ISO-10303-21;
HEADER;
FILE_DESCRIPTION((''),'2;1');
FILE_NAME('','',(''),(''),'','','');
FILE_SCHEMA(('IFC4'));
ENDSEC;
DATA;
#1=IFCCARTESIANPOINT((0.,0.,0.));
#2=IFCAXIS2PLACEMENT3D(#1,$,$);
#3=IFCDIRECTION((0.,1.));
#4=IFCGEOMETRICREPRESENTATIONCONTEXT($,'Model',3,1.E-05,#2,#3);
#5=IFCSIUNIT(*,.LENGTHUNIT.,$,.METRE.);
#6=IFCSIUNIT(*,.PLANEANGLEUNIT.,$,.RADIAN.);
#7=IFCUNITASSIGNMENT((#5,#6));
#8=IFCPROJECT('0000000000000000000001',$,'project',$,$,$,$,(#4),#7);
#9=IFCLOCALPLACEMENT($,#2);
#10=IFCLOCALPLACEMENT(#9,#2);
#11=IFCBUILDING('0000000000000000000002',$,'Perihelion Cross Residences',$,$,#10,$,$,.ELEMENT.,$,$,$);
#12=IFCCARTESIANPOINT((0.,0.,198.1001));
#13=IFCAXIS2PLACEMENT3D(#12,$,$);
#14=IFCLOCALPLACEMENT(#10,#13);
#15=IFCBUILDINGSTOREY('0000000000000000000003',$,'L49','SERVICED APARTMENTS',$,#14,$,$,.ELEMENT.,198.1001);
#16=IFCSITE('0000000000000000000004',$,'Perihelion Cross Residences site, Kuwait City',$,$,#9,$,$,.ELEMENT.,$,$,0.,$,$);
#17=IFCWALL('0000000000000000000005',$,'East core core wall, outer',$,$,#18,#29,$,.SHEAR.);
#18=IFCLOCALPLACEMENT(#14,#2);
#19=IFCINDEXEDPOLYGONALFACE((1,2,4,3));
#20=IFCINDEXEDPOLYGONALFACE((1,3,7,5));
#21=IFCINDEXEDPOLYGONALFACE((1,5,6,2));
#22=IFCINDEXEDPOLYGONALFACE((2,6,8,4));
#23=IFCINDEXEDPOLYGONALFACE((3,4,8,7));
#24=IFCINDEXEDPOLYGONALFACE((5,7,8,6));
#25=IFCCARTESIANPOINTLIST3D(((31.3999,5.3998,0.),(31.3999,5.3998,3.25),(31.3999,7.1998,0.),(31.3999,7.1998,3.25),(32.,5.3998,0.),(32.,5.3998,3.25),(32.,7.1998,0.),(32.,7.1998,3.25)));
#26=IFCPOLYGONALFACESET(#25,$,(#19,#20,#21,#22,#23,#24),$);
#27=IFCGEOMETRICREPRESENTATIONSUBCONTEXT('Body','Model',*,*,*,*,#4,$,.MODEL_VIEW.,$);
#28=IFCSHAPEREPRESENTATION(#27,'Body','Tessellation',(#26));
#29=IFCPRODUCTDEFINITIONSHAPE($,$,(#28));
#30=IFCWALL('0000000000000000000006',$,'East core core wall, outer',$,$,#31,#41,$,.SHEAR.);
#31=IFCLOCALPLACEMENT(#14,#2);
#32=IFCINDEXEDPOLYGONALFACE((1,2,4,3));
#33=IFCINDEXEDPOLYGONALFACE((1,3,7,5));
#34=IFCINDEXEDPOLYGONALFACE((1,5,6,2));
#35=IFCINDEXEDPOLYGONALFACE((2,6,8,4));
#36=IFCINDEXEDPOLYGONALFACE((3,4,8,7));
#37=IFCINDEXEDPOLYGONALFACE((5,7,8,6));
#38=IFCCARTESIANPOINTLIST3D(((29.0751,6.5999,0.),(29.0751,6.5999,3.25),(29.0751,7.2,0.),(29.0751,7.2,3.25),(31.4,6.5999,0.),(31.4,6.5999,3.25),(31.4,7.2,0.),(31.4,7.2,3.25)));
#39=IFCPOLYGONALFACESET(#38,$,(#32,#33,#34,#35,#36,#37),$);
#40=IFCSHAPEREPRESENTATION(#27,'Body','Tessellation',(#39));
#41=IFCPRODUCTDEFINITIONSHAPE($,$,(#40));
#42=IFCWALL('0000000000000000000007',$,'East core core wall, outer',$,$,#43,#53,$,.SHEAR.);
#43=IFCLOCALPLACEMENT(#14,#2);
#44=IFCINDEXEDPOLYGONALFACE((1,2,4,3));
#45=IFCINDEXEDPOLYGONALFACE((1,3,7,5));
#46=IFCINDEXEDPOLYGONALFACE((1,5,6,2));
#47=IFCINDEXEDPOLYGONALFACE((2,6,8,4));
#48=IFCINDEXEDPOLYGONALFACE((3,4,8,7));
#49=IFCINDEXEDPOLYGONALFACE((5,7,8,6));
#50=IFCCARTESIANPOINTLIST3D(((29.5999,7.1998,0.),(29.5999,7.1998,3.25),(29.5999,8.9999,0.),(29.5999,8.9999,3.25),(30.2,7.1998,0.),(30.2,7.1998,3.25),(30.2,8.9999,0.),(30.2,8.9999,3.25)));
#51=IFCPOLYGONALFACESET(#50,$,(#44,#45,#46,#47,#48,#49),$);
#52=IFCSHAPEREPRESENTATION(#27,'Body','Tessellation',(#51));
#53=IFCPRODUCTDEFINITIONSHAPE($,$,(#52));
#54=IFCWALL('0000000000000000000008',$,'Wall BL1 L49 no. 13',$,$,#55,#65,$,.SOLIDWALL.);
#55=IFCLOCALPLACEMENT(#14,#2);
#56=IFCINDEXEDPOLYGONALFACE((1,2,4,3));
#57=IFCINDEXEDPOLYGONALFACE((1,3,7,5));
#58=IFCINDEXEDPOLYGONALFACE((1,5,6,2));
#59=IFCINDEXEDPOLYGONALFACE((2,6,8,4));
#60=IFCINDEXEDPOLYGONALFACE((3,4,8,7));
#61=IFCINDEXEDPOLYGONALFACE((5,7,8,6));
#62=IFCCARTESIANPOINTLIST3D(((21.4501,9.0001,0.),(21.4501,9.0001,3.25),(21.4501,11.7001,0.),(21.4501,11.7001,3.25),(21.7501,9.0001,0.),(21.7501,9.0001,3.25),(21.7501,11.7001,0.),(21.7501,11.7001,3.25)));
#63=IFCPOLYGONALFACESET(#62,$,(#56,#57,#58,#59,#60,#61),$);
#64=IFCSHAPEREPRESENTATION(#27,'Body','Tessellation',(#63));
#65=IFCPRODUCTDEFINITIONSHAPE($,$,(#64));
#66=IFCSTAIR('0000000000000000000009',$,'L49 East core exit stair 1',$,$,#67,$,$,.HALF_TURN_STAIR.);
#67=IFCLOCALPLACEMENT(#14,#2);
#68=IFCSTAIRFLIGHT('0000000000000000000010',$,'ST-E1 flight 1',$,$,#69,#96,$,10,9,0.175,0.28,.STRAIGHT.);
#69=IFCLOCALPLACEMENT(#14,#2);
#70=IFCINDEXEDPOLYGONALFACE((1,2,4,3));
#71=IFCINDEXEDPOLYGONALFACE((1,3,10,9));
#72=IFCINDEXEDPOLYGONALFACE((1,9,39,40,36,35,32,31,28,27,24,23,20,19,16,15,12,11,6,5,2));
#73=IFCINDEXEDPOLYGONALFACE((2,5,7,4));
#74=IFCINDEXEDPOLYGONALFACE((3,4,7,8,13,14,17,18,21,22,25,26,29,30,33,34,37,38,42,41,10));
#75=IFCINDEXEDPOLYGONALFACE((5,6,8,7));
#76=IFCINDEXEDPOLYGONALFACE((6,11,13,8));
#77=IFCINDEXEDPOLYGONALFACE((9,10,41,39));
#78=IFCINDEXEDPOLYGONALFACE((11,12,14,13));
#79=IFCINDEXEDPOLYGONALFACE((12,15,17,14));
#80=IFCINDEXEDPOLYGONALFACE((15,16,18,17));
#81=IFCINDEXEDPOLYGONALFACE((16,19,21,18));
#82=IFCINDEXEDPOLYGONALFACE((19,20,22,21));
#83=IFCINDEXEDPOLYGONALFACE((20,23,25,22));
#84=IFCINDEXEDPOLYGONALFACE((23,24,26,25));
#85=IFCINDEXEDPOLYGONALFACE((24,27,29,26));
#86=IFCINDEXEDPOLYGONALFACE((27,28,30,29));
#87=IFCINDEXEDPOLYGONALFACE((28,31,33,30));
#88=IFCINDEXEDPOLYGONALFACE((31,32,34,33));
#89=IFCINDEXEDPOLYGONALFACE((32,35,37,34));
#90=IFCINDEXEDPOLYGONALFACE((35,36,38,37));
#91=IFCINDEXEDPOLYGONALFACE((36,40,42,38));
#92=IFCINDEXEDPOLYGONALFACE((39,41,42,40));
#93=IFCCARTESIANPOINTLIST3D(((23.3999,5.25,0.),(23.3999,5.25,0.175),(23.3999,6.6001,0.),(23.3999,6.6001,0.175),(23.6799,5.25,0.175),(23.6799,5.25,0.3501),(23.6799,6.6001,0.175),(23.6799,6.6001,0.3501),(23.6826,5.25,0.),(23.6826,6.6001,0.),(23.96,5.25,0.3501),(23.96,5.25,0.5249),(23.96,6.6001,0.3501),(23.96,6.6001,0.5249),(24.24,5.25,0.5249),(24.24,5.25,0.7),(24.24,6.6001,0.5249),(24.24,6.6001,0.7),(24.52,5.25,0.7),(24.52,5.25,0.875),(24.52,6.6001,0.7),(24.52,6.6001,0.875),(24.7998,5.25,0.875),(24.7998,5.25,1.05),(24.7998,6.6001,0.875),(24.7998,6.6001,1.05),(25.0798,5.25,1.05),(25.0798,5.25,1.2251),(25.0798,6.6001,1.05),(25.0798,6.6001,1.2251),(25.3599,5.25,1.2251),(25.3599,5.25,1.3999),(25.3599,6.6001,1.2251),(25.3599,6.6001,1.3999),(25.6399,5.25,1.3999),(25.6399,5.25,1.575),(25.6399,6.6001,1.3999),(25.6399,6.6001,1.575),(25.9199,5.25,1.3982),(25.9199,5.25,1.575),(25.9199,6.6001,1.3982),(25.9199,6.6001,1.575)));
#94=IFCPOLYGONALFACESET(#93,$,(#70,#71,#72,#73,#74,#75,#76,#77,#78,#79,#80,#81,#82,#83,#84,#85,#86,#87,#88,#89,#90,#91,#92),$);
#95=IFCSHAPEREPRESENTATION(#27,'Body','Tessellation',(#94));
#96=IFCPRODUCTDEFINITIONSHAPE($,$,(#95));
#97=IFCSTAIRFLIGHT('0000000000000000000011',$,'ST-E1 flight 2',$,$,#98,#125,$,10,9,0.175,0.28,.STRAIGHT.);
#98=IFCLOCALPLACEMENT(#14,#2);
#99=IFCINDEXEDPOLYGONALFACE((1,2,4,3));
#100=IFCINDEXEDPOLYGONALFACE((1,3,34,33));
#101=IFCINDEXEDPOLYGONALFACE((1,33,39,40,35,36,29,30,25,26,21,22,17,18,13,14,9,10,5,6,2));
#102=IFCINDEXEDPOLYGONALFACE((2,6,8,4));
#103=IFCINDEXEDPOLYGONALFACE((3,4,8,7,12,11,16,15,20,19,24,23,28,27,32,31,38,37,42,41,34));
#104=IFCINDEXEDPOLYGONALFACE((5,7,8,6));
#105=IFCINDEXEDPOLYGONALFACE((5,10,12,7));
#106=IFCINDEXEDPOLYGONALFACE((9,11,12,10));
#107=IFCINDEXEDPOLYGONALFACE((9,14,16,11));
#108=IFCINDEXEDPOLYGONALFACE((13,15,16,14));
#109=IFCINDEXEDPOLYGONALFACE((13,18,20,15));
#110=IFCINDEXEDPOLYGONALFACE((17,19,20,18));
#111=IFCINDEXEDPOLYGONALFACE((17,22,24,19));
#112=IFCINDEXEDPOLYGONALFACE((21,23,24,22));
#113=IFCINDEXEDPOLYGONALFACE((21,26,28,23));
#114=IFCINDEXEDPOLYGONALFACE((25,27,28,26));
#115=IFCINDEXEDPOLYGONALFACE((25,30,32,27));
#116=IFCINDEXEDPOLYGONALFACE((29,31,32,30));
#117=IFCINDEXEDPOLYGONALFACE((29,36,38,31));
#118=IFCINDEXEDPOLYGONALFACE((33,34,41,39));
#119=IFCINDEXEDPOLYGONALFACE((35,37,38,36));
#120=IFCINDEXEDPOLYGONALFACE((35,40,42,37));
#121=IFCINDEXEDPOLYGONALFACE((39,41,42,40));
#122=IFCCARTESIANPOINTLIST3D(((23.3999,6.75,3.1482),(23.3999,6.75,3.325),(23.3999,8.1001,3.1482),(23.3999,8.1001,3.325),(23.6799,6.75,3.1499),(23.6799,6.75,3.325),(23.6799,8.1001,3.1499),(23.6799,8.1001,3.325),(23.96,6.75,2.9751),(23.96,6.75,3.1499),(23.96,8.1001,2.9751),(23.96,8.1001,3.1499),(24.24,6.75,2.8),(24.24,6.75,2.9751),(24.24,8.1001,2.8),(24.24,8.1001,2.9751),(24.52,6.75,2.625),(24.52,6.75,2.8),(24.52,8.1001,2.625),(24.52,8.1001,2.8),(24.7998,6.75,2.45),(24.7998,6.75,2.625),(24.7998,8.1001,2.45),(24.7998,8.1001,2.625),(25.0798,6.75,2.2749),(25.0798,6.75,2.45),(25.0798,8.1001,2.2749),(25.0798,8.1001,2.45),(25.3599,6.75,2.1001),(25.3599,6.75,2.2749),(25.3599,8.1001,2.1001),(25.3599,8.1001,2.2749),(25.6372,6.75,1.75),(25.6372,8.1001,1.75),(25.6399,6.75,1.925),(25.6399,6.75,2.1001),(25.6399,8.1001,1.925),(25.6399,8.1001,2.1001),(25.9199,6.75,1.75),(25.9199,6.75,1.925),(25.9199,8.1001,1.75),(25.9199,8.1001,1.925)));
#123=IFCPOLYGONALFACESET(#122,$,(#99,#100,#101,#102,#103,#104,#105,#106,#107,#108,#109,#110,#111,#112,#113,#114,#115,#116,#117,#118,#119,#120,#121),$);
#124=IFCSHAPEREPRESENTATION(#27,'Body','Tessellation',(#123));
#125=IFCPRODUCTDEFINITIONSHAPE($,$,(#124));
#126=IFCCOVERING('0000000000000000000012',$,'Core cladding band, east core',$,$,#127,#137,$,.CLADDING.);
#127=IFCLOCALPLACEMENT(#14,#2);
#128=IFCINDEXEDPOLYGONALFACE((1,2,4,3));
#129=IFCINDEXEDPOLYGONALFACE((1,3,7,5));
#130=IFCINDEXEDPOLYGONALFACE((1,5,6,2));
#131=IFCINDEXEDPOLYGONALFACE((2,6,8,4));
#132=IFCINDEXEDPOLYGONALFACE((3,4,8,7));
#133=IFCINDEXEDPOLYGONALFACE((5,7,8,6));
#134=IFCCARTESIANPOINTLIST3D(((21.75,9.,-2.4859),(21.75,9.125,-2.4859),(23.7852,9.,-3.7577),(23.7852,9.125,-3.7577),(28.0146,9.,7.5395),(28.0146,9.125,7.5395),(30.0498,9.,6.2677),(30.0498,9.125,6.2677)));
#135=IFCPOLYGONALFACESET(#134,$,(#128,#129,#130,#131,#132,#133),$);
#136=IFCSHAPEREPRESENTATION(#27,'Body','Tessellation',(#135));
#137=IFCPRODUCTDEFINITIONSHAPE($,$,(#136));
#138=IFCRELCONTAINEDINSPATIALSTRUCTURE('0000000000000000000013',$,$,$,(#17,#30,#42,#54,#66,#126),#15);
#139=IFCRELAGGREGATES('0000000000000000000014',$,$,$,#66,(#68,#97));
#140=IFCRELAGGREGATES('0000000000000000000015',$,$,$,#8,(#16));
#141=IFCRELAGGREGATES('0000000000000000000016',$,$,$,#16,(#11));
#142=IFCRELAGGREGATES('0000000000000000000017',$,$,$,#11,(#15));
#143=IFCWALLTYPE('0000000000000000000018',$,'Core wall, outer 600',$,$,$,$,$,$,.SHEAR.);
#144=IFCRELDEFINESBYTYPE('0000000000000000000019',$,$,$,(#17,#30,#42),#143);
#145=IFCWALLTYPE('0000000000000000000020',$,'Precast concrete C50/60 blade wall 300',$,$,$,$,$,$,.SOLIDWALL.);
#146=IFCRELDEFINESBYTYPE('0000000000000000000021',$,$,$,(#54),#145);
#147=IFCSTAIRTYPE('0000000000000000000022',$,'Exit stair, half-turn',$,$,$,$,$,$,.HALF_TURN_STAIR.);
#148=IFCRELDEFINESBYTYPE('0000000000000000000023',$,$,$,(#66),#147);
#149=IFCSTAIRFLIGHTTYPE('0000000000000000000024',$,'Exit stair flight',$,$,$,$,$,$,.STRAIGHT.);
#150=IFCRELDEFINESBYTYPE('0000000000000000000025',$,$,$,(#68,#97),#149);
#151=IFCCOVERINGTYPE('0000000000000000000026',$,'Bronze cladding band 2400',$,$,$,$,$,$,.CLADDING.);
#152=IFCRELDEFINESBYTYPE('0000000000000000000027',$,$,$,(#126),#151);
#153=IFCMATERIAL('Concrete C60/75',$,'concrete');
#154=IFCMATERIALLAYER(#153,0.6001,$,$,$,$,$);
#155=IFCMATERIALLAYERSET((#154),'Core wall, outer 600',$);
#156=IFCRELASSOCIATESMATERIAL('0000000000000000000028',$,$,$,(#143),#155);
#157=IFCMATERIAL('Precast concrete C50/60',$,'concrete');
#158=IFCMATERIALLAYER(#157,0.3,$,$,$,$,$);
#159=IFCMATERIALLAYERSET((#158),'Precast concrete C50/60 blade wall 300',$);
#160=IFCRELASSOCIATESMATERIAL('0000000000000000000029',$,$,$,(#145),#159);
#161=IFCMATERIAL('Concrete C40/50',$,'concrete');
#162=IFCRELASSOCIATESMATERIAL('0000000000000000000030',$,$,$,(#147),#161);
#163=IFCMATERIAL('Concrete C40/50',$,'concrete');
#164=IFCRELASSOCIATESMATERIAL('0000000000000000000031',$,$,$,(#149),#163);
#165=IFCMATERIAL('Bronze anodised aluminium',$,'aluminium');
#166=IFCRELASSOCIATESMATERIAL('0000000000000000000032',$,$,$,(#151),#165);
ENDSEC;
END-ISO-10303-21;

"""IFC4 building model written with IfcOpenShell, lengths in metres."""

from ifc_helpers import new_model, si_unit, direction, frame, frame_2d, origin, origin_2d, place, context, subcontext, project, spatial, polyline, rectangle, outline, extrude, material, layer, layer_set, material_profile, profile_set, type_object, element, aggregate, save


model = new_model("IFC4")

# Units and contexts
model_context = context("Model", 3, precision=1e-05, world=origin(), true_north=direction((0.0, 1.0)))
body_context = subcontext(model_context, "Body", "Model", "MODEL_VIEW")
ifc_project = project(units=[si_unit("LENGTHUNIT", "METRE"), si_unit("PLANEANGLEUNIT", "RADIAN")], contexts=[model_context])

# Site, building, storey
site_placement = place(None, origin())
site = spatial("IfcSite", under=ifc_project, at=site_placement, Name="Perihelion Cross Residences site, Kuwait City", CompositionType="ELEMENT", RefElevation=0.0)
building_placement = place(site_placement, origin())
building = spatial("IfcBuilding", under=site, at=building_placement, Name="Perihelion Cross Residences", CompositionType="ELEMENT")
storey_placement = place(building_placement, frame((0.0, 0.0, 198.1001)))
storey = spatial("IfcBuildingStorey", under=building, at=storey_placement, Name="L49", Description="SERVICED APARTMENTS", CompositionType="ELEMENT", Elevation=198.1001)

# Walls
ifc_material_1 = material(Name="Concrete C60/75", Category="concrete")
ifc_layer_1 = layer(ifc_material_1, 0.6001)
ifc_layer_set_1 = layer_set([ifc_layer_1], Name="Core wall, outer 600")
wall_type_1 = type_object("IfcWallType", Name="Core wall, outer 600", PredefinedType="SHEAR", material=ifc_layer_set_1)
wall_1_placement = place(storey_placement, frame((31.7, 5.3999, 0.0), z_axis=(0.0, 0.0, 1.0), x_axis=(0.0, 1.0, 0.0)))
element("IfcWall", 1, at=wall_1_placement, inside=storey, type_object=wall_type_1, Name="East core core wall, outer", PredefinedType="SHEAR", context=body_context, shape_type="SweptSolid", body=[
    extrude(rectangle(XDim=1.8, YDim=0.6001, at=frame_2d((0.8999, 0.0))), origin(), (0.0, 0.0, 1.0), 3.25),
])
wall_2_placement = place(storey_placement, frame((29.075, 6.8999, 0.0), z_axis=(0.0, 0.0, 1.0), x_axis=(1.0, 0.0, 0.0)))
element("IfcWall", 2, at=wall_2_placement, inside=storey, type_object=wall_type_1, Name="East core core wall, outer", PredefinedType="SHEAR", context=body_context, shape_type="SweptSolid", body=[
    extrude(rectangle(XDim=2.325, YDim=0.6001, at=frame_2d((1.1626, 0.0))), origin(), (0.0, 0.0, 1.0), 3.25),
])
wall_3_placement = place(storey_placement, frame((29.8999, 7.2, 0.0), z_axis=(0.0, 0.0, 1.0), x_axis=(0.0, 1.0, 0.0)))
element("IfcWall", 3, at=wall_3_placement, inside=storey, type_object=wall_type_1, Name="East core core wall, outer", PredefinedType="SHEAR", context=body_context, shape_type="SweptSolid", body=[
    extrude(rectangle(XDim=1.8, YDim=0.6001, at=frame_2d((0.8999, 0.0))), origin(), (0.0, 0.0, 1.0), 3.25),
])
ifc_material_2 = material(Name="Precast concrete C50/60", Category="concrete")
ifc_layer_2 = layer(ifc_material_2, 0.3)
ifc_layer_set_2 = layer_set([ifc_layer_2], Name="Precast concrete C50/60 blade wall 300")
wall_type_2 = type_object("IfcWallType", Name="Precast concrete C50/60 blade wall 300", PredefinedType="SOLIDWALL", material=ifc_layer_set_2)
wall_4_placement = place(storey_placement, frame((21.6001, 9.0, 0.0), z_axis=(0.0, 0.0, 1.0), x_axis=(0.0, 1.0, 0.0)))
element("IfcWall", 4, at=wall_4_placement, inside=storey, type_object=wall_type_2, Name="Wall BL1 L49 no. 13", PredefinedType="SOLIDWALL", context=body_context, shape_type="SweptSolid", body=[
    extrude(rectangle(XDim=2.7, YDim=0.3, at=frame_2d((1.3501, 0.0))), origin(), (0.0, 0.0, 1.0), 3.25),
])

# Stair, stair flights
ifc_material_3 = material(Name="Concrete C40/50", Category="concrete")
stair_type = type_object("IfcStairType", Name="Exit stair, half-turn", PredefinedType="HALF_TURN_STAIR", material=ifc_material_3)
stair_placement = place(storey_placement, origin())
stair = element("IfcStair", 5, at=stair_placement, inside=storey, type_object=stair_type, Name="L49 East core exit stair 1", PredefinedType="HALF_TURN_STAIR")
ifc_material_4 = material(Name="Concrete C40/50", Category="concrete")
stair_flight_type = type_object("IfcStairFlightType", Name="Exit stair flight", PredefinedType="STRAIGHT", material=ifc_material_4)
stair_flight_1_placement = place(storey_placement, frame((23.3999, 5.925, 0.0), z_axis=(0.0, 0.0, 1.0), x_axis=(1.0, 0.0, 0.0)))
stair_flight_1 = element("IfcStairFlight", 6, at=stair_flight_1_placement, type_object=stair_flight_type, Name="ST-E1 flight 1", NumberOfRisers=10, NumberOfTreads=9, PredefinedType="STRAIGHT", RiserHeight=0.175, TreadLength=0.28, context=body_context, shape_type="SweptSolid", body=[
    extrude(outline(polyline([(0.0, 0.0), (0.0, 0.175), (0.28, 0.175), (0.28, 0.3501), (0.5601, 0.3501), (0.5601, 0.5249), (0.8401, 0.5249), (0.8401, 0.7), (1.1201, 0.7), (1.1201, 0.875), (1.3999, 0.875), (1.3999, 1.05), (1.6799, 1.05), (1.6799, 1.2251), (1.96, 1.2251), (1.96, 1.3999), (2.24, 1.3999), (2.24, 1.575), (2.52, 1.575), (2.52, 1.75), (2.52, 1.3982), (0.2827, 0.0), (0.0, 0.0)])), frame((0.0, 0.675, 0.0), z_axis=(0.0, -1.0, 0.0), x_axis=(1.0, 0.0, 0.0)), (0.0, 0.0, 1.0), 1.3501),
])
stair_flight_2_placement = place(storey_placement, frame((25.9199, 7.425, 1.75), z_axis=(0.0, 0.0, 1.0), x_axis=(-1.0, 0.0, 0.0)))
stair_flight_2 = element("IfcStairFlight", 7, at=stair_flight_2_placement, type_object=stair_flight_type, Name="ST-E1 flight 2", NumberOfRisers=10, NumberOfTreads=9, PredefinedType="STRAIGHT", RiserHeight=0.175, TreadLength=0.28, context=body_context, shape_type="SweptSolid", body=[
    extrude(outline(polyline([(0.0, 0.0), (0.0, 0.175), (0.28, 0.175), (0.28, 0.3501), (0.5601, 0.3501), (0.5601, 0.5249), (0.8401, 0.5249), (0.8401, 0.7), (1.1201, 0.7), (1.1201, 0.875), (1.3999, 0.875), (1.3999, 1.05), (1.6799, 1.05), (1.6799, 1.2251), (1.96, 1.2251), (1.96, 1.3999), (2.24, 1.3999), (2.24, 1.575), (2.52, 1.575), (2.52, 1.75), (2.52, 1.3982), (0.2827, 0.0), (0.0, 0.0)])), frame((0.0, 0.675, 0.0), z_axis=(0.0, -1.0, 0.0), x_axis=(1.0, 0.0, 0.0)), (0.0, 0.0, 1.0), 1.3501),
])
aggregate(stair, [stair_flight_1, stair_flight_2])

# Covering
ifc_material_5 = material(Name="Bronze anodised aluminium", Category="aluminium")
ifc_material_profile = material_profile(ifc_material_5, rectangle(XDim=0.125, YDim=2.3999, at=origin_2d()), Name="Bronze cladding band 2400")
ifc_profile_set = profile_set([ifc_material_profile], Name="Bronze anodised aluminium")
covering_type = type_object("IfcCoveringType", Name="Bronze cladding band 2400", PredefinedType="CLADDING", material=ifc_profile_set)
covering_placement = place(storey_placement, frame((22.7676, 9.0625, -3.1218), z_axis=(0.529925, 0.0, 0.848045), x_axis=(0.0, 1.0, 0.0)))
element("IfcCovering", 8, at=covering_placement, inside=storey, type_object=covering_type, Name="Core cladding band, east core", PredefinedType="CLADDING", context=body_context, shape_type="SweptSolid", body=[
    extrude(rectangle(XDim=0.125, YDim=2.3999, at=origin_2d()), origin(), (0.0, 0.0, 1.0), 11.8218),
])

save(model, "model.ifc")
